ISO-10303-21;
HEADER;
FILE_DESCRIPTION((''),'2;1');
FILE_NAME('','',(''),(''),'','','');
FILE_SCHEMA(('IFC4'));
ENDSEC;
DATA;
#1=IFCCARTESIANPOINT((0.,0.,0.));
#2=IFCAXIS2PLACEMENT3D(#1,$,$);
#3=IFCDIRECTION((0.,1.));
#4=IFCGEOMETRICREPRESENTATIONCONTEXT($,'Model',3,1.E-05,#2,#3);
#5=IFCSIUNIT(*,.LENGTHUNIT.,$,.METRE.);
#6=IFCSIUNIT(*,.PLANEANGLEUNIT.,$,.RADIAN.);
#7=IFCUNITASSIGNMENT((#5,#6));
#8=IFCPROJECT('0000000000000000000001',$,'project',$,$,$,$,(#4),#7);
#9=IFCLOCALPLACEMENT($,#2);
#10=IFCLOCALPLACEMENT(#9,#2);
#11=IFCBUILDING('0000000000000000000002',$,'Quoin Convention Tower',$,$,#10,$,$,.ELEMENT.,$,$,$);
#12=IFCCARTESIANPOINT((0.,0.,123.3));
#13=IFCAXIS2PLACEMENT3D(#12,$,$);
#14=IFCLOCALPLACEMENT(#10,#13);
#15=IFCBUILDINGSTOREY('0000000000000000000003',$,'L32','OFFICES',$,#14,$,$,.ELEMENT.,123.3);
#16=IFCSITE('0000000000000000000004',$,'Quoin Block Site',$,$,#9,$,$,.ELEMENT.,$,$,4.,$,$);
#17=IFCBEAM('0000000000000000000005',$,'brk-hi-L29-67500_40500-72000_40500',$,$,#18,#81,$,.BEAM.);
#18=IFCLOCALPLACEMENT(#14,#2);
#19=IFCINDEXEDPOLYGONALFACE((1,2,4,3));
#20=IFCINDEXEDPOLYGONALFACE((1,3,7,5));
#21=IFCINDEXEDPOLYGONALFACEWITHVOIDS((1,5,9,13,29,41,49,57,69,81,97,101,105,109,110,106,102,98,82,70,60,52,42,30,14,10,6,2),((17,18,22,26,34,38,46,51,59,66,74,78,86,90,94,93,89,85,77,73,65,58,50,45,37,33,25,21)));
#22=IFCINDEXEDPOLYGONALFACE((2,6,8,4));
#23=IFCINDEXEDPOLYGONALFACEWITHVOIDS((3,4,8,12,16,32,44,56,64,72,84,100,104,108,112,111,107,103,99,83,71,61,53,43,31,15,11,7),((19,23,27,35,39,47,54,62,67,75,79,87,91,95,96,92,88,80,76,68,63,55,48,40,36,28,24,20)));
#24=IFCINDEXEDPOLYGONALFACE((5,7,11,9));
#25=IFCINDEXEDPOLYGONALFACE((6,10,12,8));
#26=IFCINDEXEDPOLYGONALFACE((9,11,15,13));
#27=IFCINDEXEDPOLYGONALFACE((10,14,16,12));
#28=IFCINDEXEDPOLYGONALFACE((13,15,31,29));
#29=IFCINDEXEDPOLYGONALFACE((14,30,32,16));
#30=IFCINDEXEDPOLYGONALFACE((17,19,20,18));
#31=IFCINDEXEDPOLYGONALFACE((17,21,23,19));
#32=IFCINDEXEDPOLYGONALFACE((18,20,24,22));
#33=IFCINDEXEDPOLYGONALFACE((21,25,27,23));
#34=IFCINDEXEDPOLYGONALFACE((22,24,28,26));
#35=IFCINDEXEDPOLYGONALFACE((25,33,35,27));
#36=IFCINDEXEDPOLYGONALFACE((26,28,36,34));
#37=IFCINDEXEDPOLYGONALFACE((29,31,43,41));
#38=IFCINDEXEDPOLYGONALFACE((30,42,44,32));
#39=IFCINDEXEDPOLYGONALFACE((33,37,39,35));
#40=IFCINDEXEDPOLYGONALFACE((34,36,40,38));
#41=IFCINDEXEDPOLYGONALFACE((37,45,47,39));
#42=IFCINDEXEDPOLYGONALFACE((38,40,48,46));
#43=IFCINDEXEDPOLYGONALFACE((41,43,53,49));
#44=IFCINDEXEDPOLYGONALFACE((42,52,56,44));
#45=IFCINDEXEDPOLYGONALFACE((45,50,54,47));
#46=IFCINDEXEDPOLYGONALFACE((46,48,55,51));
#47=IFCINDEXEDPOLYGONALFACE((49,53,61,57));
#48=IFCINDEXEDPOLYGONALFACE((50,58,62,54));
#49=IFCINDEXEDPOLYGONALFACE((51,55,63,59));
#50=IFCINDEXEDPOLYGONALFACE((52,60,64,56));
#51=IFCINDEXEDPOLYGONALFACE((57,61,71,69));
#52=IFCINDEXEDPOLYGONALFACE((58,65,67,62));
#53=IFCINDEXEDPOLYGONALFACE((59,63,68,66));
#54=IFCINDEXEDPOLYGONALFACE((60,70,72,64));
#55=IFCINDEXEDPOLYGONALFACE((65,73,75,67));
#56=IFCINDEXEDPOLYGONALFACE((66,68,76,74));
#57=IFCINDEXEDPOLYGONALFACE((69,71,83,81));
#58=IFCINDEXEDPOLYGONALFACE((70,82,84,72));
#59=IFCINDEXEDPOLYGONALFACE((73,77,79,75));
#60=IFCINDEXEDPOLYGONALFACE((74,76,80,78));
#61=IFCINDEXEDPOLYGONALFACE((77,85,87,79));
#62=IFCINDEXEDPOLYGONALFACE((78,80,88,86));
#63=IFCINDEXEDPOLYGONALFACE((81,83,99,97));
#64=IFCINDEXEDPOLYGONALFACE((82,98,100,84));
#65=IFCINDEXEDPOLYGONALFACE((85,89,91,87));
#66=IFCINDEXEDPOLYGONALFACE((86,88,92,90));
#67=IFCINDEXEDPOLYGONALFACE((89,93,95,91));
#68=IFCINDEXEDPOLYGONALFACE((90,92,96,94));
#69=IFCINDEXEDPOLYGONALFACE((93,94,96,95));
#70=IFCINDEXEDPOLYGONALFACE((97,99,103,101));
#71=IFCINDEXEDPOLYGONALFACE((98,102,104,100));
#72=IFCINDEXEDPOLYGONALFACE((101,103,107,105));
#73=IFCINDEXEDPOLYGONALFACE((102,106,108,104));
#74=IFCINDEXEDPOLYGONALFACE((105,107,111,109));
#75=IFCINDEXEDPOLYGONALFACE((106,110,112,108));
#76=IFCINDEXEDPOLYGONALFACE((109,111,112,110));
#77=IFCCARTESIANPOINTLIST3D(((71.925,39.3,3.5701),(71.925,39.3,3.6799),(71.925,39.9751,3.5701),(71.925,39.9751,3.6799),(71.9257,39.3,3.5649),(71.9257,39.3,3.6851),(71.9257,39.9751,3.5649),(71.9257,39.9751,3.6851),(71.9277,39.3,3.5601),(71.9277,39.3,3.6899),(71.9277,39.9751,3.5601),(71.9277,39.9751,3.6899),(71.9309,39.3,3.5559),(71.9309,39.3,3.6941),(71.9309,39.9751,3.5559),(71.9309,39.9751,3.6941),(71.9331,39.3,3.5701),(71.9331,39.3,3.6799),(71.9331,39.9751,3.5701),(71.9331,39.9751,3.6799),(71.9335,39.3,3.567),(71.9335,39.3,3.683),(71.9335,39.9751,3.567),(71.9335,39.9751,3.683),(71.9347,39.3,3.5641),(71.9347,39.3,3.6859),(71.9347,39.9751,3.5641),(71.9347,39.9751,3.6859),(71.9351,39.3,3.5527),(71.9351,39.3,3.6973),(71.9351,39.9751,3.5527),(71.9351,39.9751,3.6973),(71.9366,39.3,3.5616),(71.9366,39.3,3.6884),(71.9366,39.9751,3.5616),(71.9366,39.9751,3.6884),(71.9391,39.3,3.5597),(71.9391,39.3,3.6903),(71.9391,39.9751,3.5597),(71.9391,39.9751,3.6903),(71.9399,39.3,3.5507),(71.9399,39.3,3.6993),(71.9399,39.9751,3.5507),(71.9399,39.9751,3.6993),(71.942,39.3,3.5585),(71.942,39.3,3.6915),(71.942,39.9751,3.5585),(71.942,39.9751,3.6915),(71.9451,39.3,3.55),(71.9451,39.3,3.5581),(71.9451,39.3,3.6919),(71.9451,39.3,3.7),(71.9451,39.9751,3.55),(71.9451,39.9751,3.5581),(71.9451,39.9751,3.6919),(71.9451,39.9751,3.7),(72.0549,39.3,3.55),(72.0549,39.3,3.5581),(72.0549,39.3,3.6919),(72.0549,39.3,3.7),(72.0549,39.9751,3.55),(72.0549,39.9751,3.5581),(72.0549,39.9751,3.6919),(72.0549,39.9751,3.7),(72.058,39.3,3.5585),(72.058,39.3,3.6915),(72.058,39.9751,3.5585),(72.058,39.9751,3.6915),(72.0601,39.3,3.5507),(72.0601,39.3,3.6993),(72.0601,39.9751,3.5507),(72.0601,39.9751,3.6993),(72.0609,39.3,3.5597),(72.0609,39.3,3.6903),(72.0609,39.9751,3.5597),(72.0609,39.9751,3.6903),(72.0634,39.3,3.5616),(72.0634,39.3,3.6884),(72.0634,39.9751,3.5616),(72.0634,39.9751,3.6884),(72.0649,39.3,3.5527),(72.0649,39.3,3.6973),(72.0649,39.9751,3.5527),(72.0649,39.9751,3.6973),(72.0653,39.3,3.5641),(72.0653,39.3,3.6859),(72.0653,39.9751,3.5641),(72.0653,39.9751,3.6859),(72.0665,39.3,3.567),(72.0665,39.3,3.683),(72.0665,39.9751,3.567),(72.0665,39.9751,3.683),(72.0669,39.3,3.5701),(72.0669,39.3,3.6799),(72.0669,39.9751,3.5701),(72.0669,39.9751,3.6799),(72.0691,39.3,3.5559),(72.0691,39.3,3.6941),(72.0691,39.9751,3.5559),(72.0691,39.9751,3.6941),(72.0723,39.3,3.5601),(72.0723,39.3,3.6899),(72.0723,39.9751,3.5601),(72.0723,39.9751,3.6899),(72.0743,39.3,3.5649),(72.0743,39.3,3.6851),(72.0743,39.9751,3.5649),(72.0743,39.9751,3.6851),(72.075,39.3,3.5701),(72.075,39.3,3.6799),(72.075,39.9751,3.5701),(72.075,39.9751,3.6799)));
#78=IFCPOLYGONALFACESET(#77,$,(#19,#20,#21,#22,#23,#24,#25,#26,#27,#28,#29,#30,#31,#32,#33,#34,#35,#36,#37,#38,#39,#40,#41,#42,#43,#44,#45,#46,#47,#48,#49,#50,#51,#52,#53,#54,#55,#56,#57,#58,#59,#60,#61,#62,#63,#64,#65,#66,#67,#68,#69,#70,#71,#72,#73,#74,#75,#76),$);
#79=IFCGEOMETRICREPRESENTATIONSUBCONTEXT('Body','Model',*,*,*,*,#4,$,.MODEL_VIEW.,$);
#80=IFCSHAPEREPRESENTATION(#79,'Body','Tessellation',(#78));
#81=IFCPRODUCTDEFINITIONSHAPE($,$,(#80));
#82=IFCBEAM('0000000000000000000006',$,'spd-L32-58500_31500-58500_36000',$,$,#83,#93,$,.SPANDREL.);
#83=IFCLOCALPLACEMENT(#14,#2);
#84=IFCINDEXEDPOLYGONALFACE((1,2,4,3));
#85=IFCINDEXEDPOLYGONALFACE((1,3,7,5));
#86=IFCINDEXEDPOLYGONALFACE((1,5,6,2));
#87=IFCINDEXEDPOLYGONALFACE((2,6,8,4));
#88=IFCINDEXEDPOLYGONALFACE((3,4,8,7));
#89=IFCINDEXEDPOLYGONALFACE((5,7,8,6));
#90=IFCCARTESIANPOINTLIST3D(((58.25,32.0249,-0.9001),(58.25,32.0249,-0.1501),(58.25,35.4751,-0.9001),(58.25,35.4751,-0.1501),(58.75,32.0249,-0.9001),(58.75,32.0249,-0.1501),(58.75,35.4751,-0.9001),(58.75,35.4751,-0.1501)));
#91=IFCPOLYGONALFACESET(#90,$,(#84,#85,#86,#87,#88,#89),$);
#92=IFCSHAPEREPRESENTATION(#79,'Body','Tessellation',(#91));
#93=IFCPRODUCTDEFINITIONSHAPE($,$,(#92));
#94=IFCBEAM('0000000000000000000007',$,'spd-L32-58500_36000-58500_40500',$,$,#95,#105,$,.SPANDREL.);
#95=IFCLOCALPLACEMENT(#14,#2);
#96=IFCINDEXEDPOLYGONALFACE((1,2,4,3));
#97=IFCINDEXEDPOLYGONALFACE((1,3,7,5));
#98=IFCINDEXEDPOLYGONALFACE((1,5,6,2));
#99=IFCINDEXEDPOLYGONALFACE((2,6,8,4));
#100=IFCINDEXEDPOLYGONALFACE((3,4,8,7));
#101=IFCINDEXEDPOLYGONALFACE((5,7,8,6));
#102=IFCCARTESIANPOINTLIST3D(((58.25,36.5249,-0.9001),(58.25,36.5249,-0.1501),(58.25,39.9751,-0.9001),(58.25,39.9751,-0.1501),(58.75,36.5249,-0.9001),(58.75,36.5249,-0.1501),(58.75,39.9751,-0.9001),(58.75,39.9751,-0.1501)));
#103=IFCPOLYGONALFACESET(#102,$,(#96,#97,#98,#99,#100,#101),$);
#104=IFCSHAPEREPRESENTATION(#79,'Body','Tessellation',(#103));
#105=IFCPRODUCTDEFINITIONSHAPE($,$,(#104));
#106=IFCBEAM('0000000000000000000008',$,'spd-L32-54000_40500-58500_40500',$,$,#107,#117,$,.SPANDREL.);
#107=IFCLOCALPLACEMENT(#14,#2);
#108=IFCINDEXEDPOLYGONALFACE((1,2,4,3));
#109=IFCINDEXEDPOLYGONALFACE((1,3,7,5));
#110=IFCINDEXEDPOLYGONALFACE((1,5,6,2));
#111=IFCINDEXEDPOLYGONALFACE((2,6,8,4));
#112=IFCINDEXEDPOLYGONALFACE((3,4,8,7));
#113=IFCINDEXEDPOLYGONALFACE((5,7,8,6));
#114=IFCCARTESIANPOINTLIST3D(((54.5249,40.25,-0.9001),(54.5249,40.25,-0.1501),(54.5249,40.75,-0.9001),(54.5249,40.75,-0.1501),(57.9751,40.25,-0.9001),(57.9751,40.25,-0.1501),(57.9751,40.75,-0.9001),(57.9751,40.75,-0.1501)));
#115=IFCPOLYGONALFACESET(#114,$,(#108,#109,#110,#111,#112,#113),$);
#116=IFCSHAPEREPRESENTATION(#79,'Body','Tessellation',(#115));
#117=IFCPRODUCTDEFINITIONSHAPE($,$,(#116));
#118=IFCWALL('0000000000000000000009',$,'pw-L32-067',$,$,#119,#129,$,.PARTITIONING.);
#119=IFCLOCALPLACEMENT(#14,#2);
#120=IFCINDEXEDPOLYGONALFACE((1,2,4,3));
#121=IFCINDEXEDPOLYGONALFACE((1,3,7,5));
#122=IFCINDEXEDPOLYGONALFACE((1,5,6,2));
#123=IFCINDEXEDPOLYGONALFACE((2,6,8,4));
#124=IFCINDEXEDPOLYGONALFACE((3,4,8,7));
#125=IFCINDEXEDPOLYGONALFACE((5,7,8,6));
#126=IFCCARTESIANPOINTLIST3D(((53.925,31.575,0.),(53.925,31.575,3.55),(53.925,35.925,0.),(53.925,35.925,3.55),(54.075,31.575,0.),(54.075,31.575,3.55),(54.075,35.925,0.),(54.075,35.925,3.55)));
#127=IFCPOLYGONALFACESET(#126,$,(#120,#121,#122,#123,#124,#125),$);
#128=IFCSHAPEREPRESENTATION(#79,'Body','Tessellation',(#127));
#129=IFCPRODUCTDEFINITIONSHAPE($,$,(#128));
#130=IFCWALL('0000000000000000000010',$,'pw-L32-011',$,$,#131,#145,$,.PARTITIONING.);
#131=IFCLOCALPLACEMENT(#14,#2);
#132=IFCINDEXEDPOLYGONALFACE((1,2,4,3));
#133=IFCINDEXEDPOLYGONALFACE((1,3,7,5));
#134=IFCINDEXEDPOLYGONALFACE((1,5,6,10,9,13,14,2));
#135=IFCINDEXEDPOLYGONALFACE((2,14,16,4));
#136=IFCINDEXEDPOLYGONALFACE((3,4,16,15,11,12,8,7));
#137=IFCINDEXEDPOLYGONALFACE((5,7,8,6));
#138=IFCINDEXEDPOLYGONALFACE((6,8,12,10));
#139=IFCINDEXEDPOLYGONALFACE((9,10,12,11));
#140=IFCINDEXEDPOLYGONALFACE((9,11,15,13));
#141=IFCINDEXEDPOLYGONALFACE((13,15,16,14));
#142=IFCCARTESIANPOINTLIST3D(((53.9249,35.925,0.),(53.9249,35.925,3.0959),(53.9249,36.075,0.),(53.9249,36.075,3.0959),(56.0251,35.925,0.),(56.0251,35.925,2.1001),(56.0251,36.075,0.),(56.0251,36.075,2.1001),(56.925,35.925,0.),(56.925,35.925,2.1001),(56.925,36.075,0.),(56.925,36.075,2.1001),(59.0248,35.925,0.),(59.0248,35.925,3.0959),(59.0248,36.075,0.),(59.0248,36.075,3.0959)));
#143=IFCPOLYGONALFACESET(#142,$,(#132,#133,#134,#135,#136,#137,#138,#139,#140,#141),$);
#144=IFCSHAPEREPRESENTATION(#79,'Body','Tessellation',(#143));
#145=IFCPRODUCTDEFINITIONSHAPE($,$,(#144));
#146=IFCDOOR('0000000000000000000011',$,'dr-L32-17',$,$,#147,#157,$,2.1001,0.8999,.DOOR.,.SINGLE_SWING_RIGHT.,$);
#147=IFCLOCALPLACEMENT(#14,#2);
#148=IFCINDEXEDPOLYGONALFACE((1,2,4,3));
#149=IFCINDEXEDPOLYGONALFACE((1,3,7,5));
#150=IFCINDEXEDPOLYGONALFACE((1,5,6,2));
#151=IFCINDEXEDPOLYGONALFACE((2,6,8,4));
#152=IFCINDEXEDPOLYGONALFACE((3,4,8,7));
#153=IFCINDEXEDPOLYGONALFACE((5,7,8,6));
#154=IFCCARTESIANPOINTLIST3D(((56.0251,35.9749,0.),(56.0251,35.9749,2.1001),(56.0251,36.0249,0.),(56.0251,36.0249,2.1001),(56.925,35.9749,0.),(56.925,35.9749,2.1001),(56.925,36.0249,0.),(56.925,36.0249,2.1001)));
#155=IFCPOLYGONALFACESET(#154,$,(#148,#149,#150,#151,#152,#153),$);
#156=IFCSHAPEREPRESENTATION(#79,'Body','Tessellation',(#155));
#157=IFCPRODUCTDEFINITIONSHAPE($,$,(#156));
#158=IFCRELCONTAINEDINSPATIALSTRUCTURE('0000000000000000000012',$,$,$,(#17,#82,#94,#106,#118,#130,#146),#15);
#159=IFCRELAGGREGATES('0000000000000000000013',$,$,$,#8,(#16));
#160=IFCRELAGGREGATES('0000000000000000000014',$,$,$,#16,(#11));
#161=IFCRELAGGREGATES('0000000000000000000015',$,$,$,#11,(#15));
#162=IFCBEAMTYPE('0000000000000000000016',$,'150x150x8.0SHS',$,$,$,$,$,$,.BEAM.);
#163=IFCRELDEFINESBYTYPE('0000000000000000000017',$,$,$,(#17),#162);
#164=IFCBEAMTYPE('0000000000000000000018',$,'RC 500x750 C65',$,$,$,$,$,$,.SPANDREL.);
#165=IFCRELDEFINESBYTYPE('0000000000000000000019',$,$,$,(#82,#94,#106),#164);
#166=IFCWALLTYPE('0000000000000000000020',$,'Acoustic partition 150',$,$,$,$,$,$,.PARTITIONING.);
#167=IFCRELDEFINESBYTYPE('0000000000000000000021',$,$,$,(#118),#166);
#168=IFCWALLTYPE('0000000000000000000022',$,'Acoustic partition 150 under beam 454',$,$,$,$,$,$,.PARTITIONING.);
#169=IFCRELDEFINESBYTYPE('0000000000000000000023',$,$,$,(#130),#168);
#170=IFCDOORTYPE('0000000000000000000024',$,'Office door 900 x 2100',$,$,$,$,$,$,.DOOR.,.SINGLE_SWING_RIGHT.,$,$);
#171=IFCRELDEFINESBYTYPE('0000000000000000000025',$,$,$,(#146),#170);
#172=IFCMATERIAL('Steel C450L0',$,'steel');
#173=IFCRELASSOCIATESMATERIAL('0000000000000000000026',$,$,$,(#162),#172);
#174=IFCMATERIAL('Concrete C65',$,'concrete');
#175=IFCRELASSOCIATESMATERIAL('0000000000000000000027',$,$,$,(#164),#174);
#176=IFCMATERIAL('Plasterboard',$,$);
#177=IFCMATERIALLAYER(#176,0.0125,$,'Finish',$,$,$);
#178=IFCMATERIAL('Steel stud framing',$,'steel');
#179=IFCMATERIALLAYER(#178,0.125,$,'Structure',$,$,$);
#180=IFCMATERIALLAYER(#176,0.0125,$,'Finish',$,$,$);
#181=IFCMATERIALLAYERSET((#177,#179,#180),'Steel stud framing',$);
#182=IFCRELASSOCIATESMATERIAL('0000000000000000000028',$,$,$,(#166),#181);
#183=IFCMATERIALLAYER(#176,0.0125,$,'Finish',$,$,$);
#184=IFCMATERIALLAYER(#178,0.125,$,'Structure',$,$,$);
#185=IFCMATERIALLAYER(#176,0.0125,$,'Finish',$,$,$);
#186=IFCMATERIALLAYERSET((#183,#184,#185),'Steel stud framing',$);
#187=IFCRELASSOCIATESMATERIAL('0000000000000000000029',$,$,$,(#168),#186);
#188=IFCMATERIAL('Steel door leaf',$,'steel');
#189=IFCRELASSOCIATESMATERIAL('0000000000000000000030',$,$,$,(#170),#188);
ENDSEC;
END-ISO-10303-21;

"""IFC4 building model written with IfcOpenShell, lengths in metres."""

from ifc_helpers import new_model, si_unit, direction, frame, frame_2d, origin, origin_2d, place, context, subcontext, project, spatial, rectangle, hollow_rectangle, extrude, material, layer, layer_set, material_profile, profile_set, type_object, element, fill, save


model = new_model("IFC4")

# Units and contexts
model_context = context("Model", 3, precision=1e-05, world=origin(), true_north=direction((0.0, 1.0)))
body_context = subcontext(model_context, "Body", "Model", "MODEL_VIEW")
ifc_project = project(units=[si_unit("LENGTHUNIT", "METRE"), si_unit("PLANEANGLEUNIT", "RADIAN")], contexts=[model_context])

# Site, building, storey
site_placement = place(None, origin())
site = spatial("IfcSite", under=ifc_project, at=site_placement, Name="Quoin Block Site", CompositionType="ELEMENT", RefElevation=4.0)
building_placement = place(site_placement, origin())
building = spatial("IfcBuilding", under=site, at=building_placement, Name="Quoin Convention Tower", CompositionType="ELEMENT")
storey_placement = place(building_placement, frame((0.0, 0.0, 123.3)))
storey = spatial("IfcBuildingStorey", under=building, at=storey_placement, Name="L32", Description="OFFICES", CompositionType="ELEMENT", Elevation=123.3)

# Shared definitions
ifc_material_1 = material(Name="Concrete C65", Category="concrete")

# Beams
ifc_material_2 = material(Name="Steel C450L0", Category="steel")
ifc_material_profile_1 = material_profile(ifc_material_2, hollow_rectangle(XDim=0.1499, YDim=0.1499, WallThickness=0.0081, InnerFilletRadius=0.012, OuterFilletRadius=0.02, at=origin_2d()), Name="150x150x8.0SHS")
ifc_profile_set_1 = profile_set([ifc_material_profile_1], Name="Steel C450L0")
beam_type_1 = type_object("IfcBeamType", Name="150x150x8.0SHS", PredefinedType="BEAM", material=ifc_profile_set_1)
for number, where, z_axis, x_axis, name in (
    (1, (72.0, 39.9751, 3.625), (0.0, -1.0, 0.0), (1.0, 0.0, 0.0), "brk-hi-L29-67500_40500-72000_40500"),
):
    element("IfcBeam", number, at=place(storey_placement, frame(where, z_axis=z_axis, x_axis=x_axis)), inside=storey, type_object=beam_type_1, Name=name, PredefinedType="BEAM", context=body_context, shape_type="SweptSolid", body=[
        extrude(hollow_rectangle(XDim=0.1499, YDim=0.1499, WallThickness=0.0081, InnerFilletRadius=0.012, OuterFilletRadius=0.02, at=origin_2d()), origin(), (0.0, 0.0, 1.0), 0.675),
    ])
ifc_material_profile_2 = material_profile(ifc_material_1, rectangle(XDim=0.5, YDim=0.75, at=origin_2d()), Name="RC 500x750")
ifc_profile_set_2 = profile_set([ifc_material_profile_2], Name="Concrete C65")
beam_type_2 = type_object("IfcBeamType", Name="RC 500x750 C65", PredefinedType="SPANDREL", material=ifc_profile_set_2)
for number, where, z_axis, x_axis, name in (
    (2, (58.5, 32.0249, -0.5251), (0.0, 1.0, 0.0), (-1.0, 0.0, 0.0), "spd-L32-58500_31500-58500_36000"),
    (3, (58.5, 36.5249, -0.5251), (0.0, 1.0, 0.0), (-1.0, 0.0, 0.0), "spd-L32-58500_36000-58500_40500"),
    (4, (54.5249, 40.5, -0.5251), (1.0, 0.0, 0.0), (0.0, 1.0, 0.0), "spd-L32-54000_40500-58500_40500"),
):
    element("IfcBeam", number, at=place(storey_placement, frame(where, z_axis=z_axis, x_axis=x_axis)), inside=storey, type_object=beam_type_2, Name=name, PredefinedType="SPANDREL", context=body_context, shape_type="SweptSolid", body=[
        extrude(rectangle(XDim=0.5, YDim=0.75, at=origin_2d()), origin(), (0.0, 0.0, 1.0), 3.4502),
    ])

# Wall
ifc_material_3 = material(Name="Plasterboard")
ifc_layer_1 = layer(ifc_material_3, 0.0125, Name="Finish")
ifc_material_4 = material(Name="Steel stud framing", Category="steel")
ifc_layer_2 = layer(ifc_material_4, 0.125, Name="Structure")
ifc_layer_3 = layer(ifc_material_3, 0.0125, Name="Finish")
ifc_layer_set_1 = layer_set([ifc_layer_1, ifc_layer_2, ifc_layer_3], Name="Steel stud framing")
wall_type_1 = type_object("IfcWallType", Name="Acoustic partition 150", PredefinedType="PARTITIONING", material=ifc_layer_set_1)
wall_1_placement = place(storey_placement, frame((54.0, 31.575, 0.0), z_axis=(0.0, 0.0, 1.0), x_axis=(0.0, 1.0, 0.0)))
element("IfcWall", 5, at=wall_1_placement, inside=storey, type_object=wall_type_1, Name="pw-L32-067", PredefinedType="PARTITIONING", context=body_context, shape_type="SweptSolid", body=[
    extrude(rectangle(XDim=4.3501, YDim=0.1499, at=frame_2d((2.175, 0.0))), origin(), (0.0, 0.0, 1.0), 3.55),
])

# Wall, opening, door
ifc_layer_4 = layer(ifc_material_3, 0.0125, Name="Finish")
ifc_layer_5 = layer(ifc_material_4, 0.125, Name="Structure")
ifc_layer_6 = layer(ifc_material_3, 0.0125, Name="Finish")
ifc_layer_set_2 = layer_set([ifc_layer_4, ifc_layer_5, ifc_layer_6], Name="Steel stud framing")
wall_type_2 = type_object("IfcWallType", Name="Acoustic partition 150 under beam 454", PredefinedType="PARTITIONING", material=ifc_layer_set_2)
wall_2_placement = place(storey_placement, frame((53.925, 36.0, 0.0), z_axis=(0.0, 0.0, 1.0), x_axis=(1.0, 0.0, 0.0)))
wall_2 = element("IfcWall", 6, at=wall_2_placement, inside=storey, type_object=wall_type_2, Name="pw-L32-011", PredefinedType="PARTITIONING", context=body_context, shape_type="SweptSolid", body=[
    extrude(rectangle(XDim=5.0999, YDim=0.1499, at=frame_2d((2.5498, 0.0))), origin(), (0.0, 0.0, 1.0), 3.0959),
])
opening_1_placement = place(wall_2_placement, frame((2.1001, 0.0, 0.0)))
opening_1 = element("IfcOpeningElement", 7, at=opening_1_placement, cuts=wall_2, PredefinedType="OPENING", context=body_context, shape_type="SweptSolid", body=[
    extrude(rectangle(XDim=0.8999, YDim=2.1001, at=frame_2d((0.45, 1.05))), frame((0.0, 0.085, 0.0), z_axis=(0.0, -1.0, 0.0), x_axis=(1.0, 0.0, 0.0)), (0.0, 0.0, 1.0), 0.1699),
])
ifc_material_5 = material(Name="Steel door leaf", Category="steel")
door_type = type_object("IfcDoorType", Name="Office door 900 x 2100", OperationType="SINGLE_SWING_RIGHT", PredefinedType="DOOR", material=ifc_material_5)
door_placement = place(opening_1_placement, origin())
door = element("IfcDoor", 8, at=door_placement, inside=storey, type_object=door_type, Name="dr-L32-17", OperationType="SINGLE_SWING_RIGHT", OverallHeight=2.1001, OverallWidth=0.8999, PredefinedType="DOOR", context=body_context, shape_type="SweptSolid", body=[
    extrude(rectangle(XDim=0.8999, YDim=2.1001, at=frame_2d((0.45, 1.05))), frame((0.0, 0.0249, 0.0), z_axis=(0.0, -1.0, 0.0), x_axis=(1.0, 0.0, 0.0)), (0.0, 0.0, 1.0), 0.05),
])
fill(opening_1, door)

save(model, "model.ifc")
